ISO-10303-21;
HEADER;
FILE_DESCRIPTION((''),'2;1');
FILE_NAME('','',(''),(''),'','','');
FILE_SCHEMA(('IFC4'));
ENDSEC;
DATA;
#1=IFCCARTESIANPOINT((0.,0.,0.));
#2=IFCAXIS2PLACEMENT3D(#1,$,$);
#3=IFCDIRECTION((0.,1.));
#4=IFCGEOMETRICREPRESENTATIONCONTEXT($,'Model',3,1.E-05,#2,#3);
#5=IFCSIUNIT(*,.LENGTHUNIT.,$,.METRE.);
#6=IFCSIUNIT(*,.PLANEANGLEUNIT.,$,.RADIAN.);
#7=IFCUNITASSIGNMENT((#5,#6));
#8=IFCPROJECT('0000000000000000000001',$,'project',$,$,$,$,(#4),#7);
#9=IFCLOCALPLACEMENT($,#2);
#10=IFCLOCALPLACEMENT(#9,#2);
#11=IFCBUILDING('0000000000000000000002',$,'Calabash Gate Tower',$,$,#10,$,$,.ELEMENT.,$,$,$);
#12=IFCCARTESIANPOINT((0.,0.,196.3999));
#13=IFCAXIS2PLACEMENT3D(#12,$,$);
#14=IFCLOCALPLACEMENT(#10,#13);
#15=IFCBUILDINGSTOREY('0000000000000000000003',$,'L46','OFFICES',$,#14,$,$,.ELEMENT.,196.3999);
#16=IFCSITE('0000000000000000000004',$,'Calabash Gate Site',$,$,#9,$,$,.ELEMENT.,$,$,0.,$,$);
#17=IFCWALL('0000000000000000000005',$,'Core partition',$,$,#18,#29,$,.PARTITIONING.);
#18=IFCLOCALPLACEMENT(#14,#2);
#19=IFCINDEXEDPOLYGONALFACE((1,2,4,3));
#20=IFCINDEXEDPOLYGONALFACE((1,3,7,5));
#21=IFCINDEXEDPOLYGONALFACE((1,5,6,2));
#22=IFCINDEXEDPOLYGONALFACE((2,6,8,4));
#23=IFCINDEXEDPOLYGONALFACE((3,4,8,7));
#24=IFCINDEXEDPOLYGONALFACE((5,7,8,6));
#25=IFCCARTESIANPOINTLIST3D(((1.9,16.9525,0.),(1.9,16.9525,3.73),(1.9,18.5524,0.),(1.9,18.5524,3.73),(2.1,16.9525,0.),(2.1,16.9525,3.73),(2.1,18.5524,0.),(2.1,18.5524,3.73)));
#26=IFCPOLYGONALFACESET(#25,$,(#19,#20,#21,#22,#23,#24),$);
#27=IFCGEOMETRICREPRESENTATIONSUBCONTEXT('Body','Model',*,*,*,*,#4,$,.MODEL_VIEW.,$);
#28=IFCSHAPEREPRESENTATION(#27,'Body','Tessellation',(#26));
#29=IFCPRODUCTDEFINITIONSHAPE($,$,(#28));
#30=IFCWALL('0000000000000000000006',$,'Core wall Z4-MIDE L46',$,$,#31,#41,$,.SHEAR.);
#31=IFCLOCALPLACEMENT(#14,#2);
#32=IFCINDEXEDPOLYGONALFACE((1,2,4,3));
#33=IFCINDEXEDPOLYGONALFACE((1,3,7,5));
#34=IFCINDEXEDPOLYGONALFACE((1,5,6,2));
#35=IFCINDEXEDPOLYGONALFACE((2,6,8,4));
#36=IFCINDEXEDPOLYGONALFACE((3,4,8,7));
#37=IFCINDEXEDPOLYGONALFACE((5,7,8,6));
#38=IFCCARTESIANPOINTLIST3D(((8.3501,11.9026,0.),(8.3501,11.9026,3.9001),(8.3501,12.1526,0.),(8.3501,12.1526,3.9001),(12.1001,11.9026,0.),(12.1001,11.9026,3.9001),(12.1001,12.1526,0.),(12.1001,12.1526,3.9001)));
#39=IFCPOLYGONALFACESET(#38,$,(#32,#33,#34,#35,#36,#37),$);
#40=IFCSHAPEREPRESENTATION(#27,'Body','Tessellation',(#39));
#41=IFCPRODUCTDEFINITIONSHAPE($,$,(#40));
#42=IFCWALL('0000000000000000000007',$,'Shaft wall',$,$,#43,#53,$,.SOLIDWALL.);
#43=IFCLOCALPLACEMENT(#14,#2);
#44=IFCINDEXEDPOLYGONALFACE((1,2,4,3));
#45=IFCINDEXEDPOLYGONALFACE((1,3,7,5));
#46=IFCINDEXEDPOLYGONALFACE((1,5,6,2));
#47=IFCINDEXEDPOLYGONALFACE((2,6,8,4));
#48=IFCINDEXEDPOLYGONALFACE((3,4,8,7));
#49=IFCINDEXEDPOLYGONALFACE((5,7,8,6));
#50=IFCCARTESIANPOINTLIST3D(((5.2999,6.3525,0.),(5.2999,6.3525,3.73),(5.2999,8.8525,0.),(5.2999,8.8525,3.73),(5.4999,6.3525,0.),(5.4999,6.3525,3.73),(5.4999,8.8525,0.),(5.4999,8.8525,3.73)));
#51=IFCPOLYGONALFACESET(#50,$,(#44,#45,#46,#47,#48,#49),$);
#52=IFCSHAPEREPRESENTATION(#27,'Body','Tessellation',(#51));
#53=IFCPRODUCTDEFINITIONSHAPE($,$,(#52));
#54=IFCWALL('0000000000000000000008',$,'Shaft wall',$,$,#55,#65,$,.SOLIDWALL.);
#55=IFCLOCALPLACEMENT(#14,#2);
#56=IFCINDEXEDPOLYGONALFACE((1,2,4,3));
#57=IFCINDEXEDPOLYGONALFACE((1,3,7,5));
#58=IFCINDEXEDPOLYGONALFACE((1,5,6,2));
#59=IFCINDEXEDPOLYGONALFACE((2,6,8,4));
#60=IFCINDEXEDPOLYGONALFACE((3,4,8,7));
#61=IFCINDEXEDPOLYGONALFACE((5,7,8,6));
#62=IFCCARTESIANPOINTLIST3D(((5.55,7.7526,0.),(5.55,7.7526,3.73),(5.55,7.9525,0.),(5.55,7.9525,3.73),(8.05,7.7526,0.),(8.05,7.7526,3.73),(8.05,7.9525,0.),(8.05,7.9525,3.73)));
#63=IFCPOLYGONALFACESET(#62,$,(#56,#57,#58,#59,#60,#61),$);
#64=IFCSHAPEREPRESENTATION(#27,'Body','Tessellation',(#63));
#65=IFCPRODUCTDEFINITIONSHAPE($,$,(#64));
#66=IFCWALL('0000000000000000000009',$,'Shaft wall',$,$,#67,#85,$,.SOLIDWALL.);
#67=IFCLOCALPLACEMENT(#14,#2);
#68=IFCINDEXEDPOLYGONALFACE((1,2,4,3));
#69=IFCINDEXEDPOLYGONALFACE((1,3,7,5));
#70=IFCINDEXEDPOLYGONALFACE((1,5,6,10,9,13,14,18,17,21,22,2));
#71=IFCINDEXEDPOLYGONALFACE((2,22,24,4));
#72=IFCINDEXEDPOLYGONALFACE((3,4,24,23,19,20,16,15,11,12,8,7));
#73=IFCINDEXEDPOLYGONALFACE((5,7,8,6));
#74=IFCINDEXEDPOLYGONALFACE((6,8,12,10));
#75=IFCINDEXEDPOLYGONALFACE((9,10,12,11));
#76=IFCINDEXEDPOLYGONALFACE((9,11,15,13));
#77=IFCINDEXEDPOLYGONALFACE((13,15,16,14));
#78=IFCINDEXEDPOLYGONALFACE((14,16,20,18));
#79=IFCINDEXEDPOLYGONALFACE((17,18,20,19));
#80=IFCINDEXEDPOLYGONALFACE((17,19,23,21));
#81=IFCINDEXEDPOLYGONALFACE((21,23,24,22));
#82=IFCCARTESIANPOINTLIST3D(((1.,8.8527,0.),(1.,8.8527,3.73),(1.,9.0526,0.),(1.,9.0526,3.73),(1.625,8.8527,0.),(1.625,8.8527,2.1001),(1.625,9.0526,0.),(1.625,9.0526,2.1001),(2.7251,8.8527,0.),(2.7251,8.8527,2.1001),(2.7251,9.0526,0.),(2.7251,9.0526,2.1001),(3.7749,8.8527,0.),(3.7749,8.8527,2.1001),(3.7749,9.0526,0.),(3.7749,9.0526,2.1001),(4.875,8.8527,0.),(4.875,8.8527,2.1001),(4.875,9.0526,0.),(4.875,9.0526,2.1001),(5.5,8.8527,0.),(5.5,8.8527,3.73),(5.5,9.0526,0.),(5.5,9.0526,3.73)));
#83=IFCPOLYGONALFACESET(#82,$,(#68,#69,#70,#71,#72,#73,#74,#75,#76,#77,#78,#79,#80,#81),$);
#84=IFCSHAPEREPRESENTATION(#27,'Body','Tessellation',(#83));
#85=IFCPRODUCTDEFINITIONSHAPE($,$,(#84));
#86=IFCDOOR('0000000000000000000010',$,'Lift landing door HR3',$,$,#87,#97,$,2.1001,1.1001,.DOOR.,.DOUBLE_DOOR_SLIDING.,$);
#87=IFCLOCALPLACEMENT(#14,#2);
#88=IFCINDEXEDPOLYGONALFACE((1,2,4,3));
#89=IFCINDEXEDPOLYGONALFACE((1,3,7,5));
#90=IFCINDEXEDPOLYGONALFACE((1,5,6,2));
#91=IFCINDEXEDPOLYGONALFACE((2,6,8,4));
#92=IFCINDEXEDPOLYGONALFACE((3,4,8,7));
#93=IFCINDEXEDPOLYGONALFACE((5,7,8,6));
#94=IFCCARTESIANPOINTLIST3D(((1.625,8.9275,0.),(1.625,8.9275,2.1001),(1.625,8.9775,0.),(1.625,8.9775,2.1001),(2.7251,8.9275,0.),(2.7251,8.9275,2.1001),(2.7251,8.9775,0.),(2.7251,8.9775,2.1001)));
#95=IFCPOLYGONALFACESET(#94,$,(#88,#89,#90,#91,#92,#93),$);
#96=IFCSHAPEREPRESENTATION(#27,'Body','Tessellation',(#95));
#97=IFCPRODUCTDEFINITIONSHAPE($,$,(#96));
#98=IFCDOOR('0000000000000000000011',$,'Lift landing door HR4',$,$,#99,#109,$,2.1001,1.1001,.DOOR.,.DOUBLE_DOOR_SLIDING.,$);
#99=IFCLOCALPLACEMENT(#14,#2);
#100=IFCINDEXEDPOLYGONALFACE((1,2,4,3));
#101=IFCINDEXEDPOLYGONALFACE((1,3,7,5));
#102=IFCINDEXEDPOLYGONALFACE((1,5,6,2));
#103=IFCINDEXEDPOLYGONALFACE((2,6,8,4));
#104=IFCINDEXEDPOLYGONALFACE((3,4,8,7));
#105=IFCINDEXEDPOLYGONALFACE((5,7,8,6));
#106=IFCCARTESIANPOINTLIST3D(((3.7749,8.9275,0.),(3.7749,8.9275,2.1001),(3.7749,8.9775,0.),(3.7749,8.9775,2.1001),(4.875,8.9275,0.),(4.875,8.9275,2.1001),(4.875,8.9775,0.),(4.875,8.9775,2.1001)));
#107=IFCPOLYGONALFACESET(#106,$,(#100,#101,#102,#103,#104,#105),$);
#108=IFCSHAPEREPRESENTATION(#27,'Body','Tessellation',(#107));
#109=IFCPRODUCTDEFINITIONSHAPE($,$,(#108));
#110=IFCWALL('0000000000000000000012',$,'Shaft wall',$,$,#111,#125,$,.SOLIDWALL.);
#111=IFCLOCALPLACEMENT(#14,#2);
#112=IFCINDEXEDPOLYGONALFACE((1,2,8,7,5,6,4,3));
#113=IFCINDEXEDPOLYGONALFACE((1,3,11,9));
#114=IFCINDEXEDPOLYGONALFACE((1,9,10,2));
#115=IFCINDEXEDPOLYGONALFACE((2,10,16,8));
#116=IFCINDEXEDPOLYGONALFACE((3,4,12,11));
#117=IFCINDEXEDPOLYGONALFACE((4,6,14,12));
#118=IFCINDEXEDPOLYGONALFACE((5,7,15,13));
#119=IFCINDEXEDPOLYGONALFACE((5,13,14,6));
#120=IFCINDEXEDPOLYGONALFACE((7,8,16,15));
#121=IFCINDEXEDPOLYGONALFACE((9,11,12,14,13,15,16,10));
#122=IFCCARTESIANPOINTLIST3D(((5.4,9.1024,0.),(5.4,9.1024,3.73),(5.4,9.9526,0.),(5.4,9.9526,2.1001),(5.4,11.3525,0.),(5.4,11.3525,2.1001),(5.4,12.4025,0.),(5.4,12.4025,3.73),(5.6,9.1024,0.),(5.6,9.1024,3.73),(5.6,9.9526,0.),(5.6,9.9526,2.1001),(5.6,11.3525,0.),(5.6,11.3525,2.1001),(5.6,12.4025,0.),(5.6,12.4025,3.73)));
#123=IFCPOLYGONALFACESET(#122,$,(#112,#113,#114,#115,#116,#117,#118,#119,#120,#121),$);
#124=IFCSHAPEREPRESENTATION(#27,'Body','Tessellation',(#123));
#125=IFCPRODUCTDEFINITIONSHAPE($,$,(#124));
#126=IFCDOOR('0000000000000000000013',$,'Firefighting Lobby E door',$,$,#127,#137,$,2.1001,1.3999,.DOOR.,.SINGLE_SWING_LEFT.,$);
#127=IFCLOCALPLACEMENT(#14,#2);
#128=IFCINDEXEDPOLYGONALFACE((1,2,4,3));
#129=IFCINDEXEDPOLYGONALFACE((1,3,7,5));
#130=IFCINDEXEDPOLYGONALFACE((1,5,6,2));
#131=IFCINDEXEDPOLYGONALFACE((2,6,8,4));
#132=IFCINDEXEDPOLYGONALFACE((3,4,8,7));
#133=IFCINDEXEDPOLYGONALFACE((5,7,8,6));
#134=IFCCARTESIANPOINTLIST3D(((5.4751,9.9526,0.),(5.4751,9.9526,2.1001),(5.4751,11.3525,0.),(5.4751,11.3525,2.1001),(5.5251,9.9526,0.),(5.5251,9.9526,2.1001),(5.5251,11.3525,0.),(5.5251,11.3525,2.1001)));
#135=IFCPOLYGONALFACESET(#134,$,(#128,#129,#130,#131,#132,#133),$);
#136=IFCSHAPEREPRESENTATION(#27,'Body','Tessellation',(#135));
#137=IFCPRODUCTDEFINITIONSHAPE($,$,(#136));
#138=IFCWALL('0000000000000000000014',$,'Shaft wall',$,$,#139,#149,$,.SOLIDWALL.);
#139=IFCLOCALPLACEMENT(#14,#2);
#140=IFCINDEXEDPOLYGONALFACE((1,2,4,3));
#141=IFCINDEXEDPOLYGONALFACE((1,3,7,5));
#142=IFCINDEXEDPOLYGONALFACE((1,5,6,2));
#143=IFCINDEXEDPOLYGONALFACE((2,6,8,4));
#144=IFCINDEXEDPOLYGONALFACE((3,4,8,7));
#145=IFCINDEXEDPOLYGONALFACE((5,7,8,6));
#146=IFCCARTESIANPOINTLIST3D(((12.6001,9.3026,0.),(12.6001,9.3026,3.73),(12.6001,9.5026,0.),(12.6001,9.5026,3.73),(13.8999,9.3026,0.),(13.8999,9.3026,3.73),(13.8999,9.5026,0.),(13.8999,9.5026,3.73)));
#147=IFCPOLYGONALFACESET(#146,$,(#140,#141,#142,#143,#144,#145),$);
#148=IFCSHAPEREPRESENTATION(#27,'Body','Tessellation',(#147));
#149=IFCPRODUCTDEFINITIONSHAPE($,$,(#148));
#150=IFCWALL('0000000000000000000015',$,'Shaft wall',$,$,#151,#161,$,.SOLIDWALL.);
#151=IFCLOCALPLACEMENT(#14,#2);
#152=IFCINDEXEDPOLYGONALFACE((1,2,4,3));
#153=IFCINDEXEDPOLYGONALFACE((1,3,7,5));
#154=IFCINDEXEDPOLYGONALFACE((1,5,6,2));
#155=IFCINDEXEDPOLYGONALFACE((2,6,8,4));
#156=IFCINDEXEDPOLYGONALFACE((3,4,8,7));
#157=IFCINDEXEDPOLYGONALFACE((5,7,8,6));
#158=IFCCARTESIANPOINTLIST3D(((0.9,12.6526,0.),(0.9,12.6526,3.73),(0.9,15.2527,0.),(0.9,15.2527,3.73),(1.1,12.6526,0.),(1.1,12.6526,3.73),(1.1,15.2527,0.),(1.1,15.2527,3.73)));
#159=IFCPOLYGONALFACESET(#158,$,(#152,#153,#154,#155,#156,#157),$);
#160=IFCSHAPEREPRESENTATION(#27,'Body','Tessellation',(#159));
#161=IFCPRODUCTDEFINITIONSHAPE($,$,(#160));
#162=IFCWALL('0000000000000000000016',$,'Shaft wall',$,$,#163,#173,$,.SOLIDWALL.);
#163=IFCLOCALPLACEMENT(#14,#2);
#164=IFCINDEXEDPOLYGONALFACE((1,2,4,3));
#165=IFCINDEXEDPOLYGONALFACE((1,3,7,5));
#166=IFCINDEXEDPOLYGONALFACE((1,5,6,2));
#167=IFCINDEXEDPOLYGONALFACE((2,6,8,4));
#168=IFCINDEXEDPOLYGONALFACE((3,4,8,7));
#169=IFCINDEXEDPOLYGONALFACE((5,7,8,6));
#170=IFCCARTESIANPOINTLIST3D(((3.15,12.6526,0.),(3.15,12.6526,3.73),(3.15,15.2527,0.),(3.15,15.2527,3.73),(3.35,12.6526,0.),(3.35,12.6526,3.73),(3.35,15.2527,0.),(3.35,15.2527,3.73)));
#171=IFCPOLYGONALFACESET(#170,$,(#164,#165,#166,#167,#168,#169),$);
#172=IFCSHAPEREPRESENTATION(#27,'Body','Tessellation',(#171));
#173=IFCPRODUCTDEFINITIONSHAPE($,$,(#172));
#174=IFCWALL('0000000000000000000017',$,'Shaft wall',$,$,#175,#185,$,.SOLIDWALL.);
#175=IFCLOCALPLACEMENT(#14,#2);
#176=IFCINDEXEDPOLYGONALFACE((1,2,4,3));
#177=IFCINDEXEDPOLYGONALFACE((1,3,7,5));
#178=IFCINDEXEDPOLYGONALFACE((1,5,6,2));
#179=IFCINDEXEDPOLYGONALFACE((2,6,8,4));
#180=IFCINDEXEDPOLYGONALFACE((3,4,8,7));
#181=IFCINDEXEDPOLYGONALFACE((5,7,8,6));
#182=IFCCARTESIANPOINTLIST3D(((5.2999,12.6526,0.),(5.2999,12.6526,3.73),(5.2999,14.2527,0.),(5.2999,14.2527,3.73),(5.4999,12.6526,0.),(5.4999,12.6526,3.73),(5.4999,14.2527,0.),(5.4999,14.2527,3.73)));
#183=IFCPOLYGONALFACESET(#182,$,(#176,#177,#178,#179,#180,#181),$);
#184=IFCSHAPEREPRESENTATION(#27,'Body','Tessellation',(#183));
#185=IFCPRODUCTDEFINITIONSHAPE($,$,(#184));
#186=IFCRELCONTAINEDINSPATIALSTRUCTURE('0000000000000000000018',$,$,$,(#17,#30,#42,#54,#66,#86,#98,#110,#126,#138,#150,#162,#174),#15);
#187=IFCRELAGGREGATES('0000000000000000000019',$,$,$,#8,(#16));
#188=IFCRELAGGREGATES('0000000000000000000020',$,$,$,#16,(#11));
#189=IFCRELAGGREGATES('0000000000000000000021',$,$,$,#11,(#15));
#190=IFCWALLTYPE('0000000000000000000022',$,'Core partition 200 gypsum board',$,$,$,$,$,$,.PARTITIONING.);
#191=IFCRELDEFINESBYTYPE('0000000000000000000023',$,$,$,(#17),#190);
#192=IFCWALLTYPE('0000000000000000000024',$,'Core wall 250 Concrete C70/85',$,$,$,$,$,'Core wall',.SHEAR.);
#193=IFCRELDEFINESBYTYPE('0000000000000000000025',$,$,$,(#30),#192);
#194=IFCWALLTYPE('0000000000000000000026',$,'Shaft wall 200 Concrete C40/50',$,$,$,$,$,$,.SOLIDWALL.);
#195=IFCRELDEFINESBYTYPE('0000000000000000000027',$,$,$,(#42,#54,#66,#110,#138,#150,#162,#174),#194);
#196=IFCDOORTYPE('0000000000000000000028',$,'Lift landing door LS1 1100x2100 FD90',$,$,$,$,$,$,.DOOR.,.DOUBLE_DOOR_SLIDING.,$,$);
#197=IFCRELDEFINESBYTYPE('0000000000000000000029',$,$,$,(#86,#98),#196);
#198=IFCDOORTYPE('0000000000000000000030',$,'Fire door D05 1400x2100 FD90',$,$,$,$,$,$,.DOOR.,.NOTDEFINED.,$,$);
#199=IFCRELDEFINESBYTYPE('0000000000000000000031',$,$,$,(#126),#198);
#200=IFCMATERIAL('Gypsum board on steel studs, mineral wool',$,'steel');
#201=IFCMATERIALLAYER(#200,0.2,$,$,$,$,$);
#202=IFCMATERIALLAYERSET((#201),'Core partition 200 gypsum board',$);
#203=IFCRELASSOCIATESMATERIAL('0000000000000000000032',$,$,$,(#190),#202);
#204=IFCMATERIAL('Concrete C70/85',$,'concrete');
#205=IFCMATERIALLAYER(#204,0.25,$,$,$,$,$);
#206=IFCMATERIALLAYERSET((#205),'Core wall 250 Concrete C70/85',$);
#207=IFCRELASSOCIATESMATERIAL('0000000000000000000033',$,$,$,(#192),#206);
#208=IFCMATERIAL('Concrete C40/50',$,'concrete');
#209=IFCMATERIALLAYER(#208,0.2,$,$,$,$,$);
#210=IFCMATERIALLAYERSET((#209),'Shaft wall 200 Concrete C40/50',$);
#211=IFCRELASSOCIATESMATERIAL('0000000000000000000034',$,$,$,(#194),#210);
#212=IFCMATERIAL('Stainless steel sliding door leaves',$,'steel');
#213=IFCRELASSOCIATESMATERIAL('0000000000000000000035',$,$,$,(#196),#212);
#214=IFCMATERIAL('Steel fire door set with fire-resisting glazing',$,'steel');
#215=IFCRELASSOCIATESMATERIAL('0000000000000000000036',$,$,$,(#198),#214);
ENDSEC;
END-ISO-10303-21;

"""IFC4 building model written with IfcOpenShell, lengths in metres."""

from ifc_helpers import new_model, si_unit, direction, frame, frame_2d, origin, place, context, subcontext, project, spatial, rectangle, extrude, material, layer, layer_set, type_object, element, fill, save


model = new_model("IFC4")

# Units and contexts
model_context = context("Model", 3, precision=1e-05, world=origin(), true_north=direction((0.0, 1.0)))
body_context = subcontext(model_context, "Body", "Model", "MODEL_VIEW")
ifc_project = project(units=[si_unit("LENGTHUNIT", "METRE"), si_unit("PLANEANGLEUNIT", "RADIAN")], contexts=[model_context])

# Site, building, storey
site_placement = place(None, origin())
site = spatial("IfcSite", under=ifc_project, at=site_placement, Name="Calabash Gate Site", CompositionType="ELEMENT", RefElevation=0.0)
building_placement = place(site_placement, origin())
building = spatial("IfcBuilding", under=site, at=building_placement, Name="Calabash Gate Tower", CompositionType="ELEMENT")
storey_placement = place(building_placement, frame((0.0, 0.0, 196.3999)))
storey = spatial("IfcBuildingStorey", under=building, at=storey_placement, Name="L46", Description="OFFICES", CompositionType="ELEMENT", Elevation=196.3999)

# Walls
ifc_material_1 = material(Name="Gypsum board on steel studs, mineral wool", Category="steel")
ifc_layer_1 = layer(ifc_material_1, 0.2)
ifc_layer_set_1 = layer_set([ifc_layer_1], Name="Core partition 200 gypsum board")
wall_type_1 = type_object("IfcWallType", Name="Core partition 200 gypsum board", PredefinedType="PARTITIONING", material=ifc_layer_set_1)
wall_1_placement = place(storey_placement, frame((2.0, 16.9526, 0.0), z_axis=(0.0, 0.0, 1.0), x_axis=(0.0, 1.0, 0.0)))
element("IfcWall", 1, at=wall_1_placement, inside=storey, type_object=wall_type_1, Name="Core partition", PredefinedType="PARTITIONING", context=body_context, shape_type="SweptSolid", body=[
    extrude(rectangle(XDim=1.5999, YDim=0.2, at=frame_2d((0.7998, 0.0))), origin(), (0.0, 0.0, 1.0), 3.73),
])
ifc_material_2 = material(Name="Concrete C70/85", Category="concrete")
ifc_layer_2 = layer(ifc_material_2, 0.25)
ifc_layer_set_2 = layer_set([ifc_layer_2], Name="Core wall 250 Concrete C70/85")
wall_type_2 = type_object("IfcWallType", Name="Core wall 250 Concrete C70/85", ElementType="Core wall", PredefinedType="SHEAR", material=ifc_layer_set_2)
wall_2_placement = place(storey_placement, frame((8.3501, 12.0276, 0.0), z_axis=(0.0, 0.0, 1.0), x_axis=(1.0, 0.0, 0.0)))
element("IfcWall", 2, at=wall_2_placement, inside=storey, type_object=wall_type_2, Name="Core wall Z4-MIDE L46", PredefinedType="SHEAR", context=body_context, shape_type="SweptSolid", body=[
    extrude(rectangle(XDim=3.75, YDim=0.25, at=frame_2d((1.875, 0.0))), origin(), (0.0, 0.0, 1.0), 3.9001),
])
ifc_material_3 = material(Name="Concrete C40/50", Category="concrete")
ifc_layer_3 = layer(ifc_material_3, 0.2)
ifc_layer_set_3 = layer_set([ifc_layer_3], Name="Shaft wall 200 Concrete C40/50")
wall_type_3 = type_object("IfcWallType", Name="Shaft wall 200 Concrete C40/50", PredefinedType="SOLIDWALL", material=ifc_layer_set_3)
for number, where, z_axis, x_axis, name in (
    (3, (5.3999, 6.3525, 0.0), (0.0, 0.0, 1.0), (0.0, 1.0, 0.0), "Shaft wall"),
    (4, (5.55, 7.8525, 0.0), (0.0, 0.0, 1.0), (1.0, 0.0, 0.0), "Shaft wall"),
):
    element("IfcWall", number, at=place(storey_placement, frame(where, z_axis=z_axis, x_axis=x_axis)), inside=storey, type_object=wall_type_3, Name=name, PredefinedType="SOLIDWALL", context=body_context, shape_type="SweptSolid", body=[
        extrude(rectangle(XDim=2.5, YDim=0.2, at=frame_2d((1.25, 0.0))), origin(), (0.0, 0.0, 1.0), 3.73),
    ])

# Wall, openings, doors
wall_3_placement = place(storey_placement, frame((1.0, 8.9526, 0.0), z_axis=(0.0, 0.0, 1.0), x_axis=(1.0, 0.0, 0.0)))
wall_3 = element("IfcWall", 5, at=wall_3_placement, inside=storey, type_object=wall_type_3, Name="Shaft wall", PredefinedType="SOLIDWALL", context=body_context, shape_type="SweptSolid", body=[
    extrude(rectangle(XDim=4.5, YDim=0.2, at=frame_2d((2.25, 0.0))), origin(), (0.0, 0.0, 1.0), 3.73),
])
opening_1_placement = place(wall_3_placement, frame((0.625, 0.0, 0.0)))
opening_1 = element("IfcOpeningElement", 6, at=opening_1_placement, cuts=wall_3, PredefinedType="OPENING", context=body_context, shape_type="SweptSolid", body=[
    extrude(rectangle(XDim=1.1001, YDim=2.1001, at=frame_2d((0.55, 1.05))), frame((0.0, 0.1099, 0.0), z_axis=(0.0, -1.0, 0.0), x_axis=(1.0, 0.0, 0.0)), (0.0, 0.0, 1.0), 0.22),
])
opening_2_placement = place(wall_3_placement, frame((2.7749, 0.0, 0.0)))
opening_2 = element("IfcOpeningElement", 7, at=opening_2_placement, cuts=wall_3, PredefinedType="OPENING", context=body_context, shape_type="SweptSolid", body=[
    extrude(rectangle(XDim=1.1001, YDim=2.1001, at=frame_2d((0.55, 1.05))), frame((0.0, 0.1099, 0.0), z_axis=(0.0, -1.0, 0.0), x_axis=(1.0, 0.0, 0.0)), (0.0, 0.0, 1.0), 0.22),
])
ifc_material_4 = material(Name="Stainless steel sliding door leaves", Category="steel")
door_type_1 = type_object("IfcDoorType", Name="Lift landing door LS1 1100x2100 FD90", OperationType="DOUBLE_DOOR_SLIDING", PredefinedType="DOOR", material=ifc_material_4)
door_1_placement = place(opening_1_placement, origin())
door_1 = element("IfcDoor", 8, at=door_1_placement, inside=storey, type_object=door_type_1, Name="Lift landing door HR3", OperationType="DOUBLE_DOOR_SLIDING", OverallHeight=2.1001, OverallWidth=1.1001, PredefinedType="DOOR", context=body_context, shape_type="SweptSolid", body=[
    extrude(rectangle(XDim=1.1001, YDim=2.1001, at=frame_2d((0.55, 1.05))), frame((0.0, 0.0249, 0.0), z_axis=(0.0, -1.0, 0.0), x_axis=(1.0, 0.0, 0.0)), (0.0, 0.0, 1.0), 0.05),
])
fill(opening_1, door_1)
door_2_placement = place(opening_2_placement, origin())
door_2 = element("IfcDoor", 9, at=door_2_placement, inside=storey, type_object=door_type_1, Name="Lift landing door HR4", OperationType="DOUBLE_DOOR_SLIDING", OverallHeight=2.1001, OverallWidth=1.1001, PredefinedType="DOOR", context=body_context, shape_type="SweptSolid", body=[
    extrude(rectangle(XDim=1.1001, YDim=2.1001, at=frame_2d((0.55, 1.05))), frame((0.0, 0.0249, 0.0), z_axis=(0.0, -1.0, 0.0), x_axis=(1.0, 0.0, 0.0)), (0.0, 0.0, 1.0), 0.05),
])
fill(opening_2, door_2)

# Wall, opening, door
wall_4_placement = place(storey_placement, frame((5.5, 9.1025, 0.0), z_axis=(0.0, 0.0, 1.0), x_axis=(0.0, 1.0, 0.0)))
wall_4 = element("IfcWall", 10, at=wall_4_placement, inside=storey, type_object=wall_type_3, Name="Shaft wall", PredefinedType="SOLIDWALL", context=body_context, shape_type="SweptSolid", body=[
    extrude(rectangle(XDim=3.3, YDim=0.2, at=frame_2d((1.6499, 0.0))), origin(), (0.0, 0.0, 1.0), 3.73),
])
opening_3_placement = place(wall_4_placement, frame((0.8501, 0.0, 0.0)))
opening_3 = element("IfcOpeningElement", 11, at=opening_3_placement, cuts=wall_4, PredefinedType="OPENING", context=body_context, shape_type="SweptSolid", body=[
    extrude(rectangle(XDim=1.3999, YDim=2.1001, at=frame_2d((0.7, 1.05))), frame((0.0, 0.1099, 0.0), z_axis=(0.0, -1.0, 0.0), x_axis=(1.0, 0.0, 0.0)), (0.0, 0.0, 1.0), 0.22),
])
ifc_material_5 = material(Name="Steel fire door set with fire-resisting glazing", Category="steel")
door_type_2 = type_object("IfcDoorType", Name="Fire door D05 1400x2100 FD90", OperationType="NOTDEFINED", PredefinedType="DOOR", material=ifc_material_5)
door_3_placement = place(opening_3_placement, origin())
door_3 = element("IfcDoor", 12, at=door_3_placement, inside=storey, type_object=door_type_2, Name="Firefighting Lobby E door", OperationType="SINGLE_SWING_LEFT", OverallHeight=2.1001, OverallWidth=1.3999, PredefinedType="DOOR", context=body_context, shape_type="SweptSolid", body=[
    extrude(rectangle(XDim=1.3999, YDim=2.1001, at=frame_2d((0.7, 1.05))), frame((0.0, 0.0249, 0.0), z_axis=(0.0, -1.0, 0.0), x_axis=(1.0, 0.0, 0.0)), (0.0, 0.0, 1.0), 0.05),
])
fill(opening_3, door_3)

# Walls
wall_5_placement = place(storey_placement, frame((12.6001, 9.4026, 0.0), z_axis=(0.0, 0.0, 1.0), x_axis=(1.0, 0.0, 0.0)))
element("IfcWall", 13, at=wall_5_placement, inside=storey, type_object=wall_type_3, Name="Shaft wall", PredefinedType="SOLIDWALL", context=body_context, shape_type="SweptSolid", body=[
    extrude(rectangle(XDim=1.2998, YDim=0.2, at=frame_2d((0.6499, 0.0))), origin(), (0.0, 0.0, 1.0), 3.73),
])
for number, where, z_axis, x_axis, name in (
    (14, (1.0, 12.6526, 0.0), (0.0, 0.0, 1.0), (0.0, 1.0, 0.0), "Shaft wall"),
    (15, (3.25, 12.6526, 0.0), (0.0, 0.0, 1.0), (0.0, 1.0, 0.0), "Shaft wall"),
):
    element("IfcWall", number, at=place(storey_placement, frame(where, z_axis=z_axis, x_axis=x_axis)), inside=storey, type_object=wall_type_3, Name=name, PredefinedType="SOLIDWALL", context=body_context, shape_type="SweptSolid", body=[
        extrude(rectangle(XDim=2.6001, YDim=0.2, at=frame_2d((1.3, 0.0))), origin(), (0.0, 0.0, 1.0), 3.73),
    ])
wall_6_placement = place(storey_placement, frame((5.3999, 12.6526, 0.0), z_axis=(0.0, 0.0, 1.0), x_axis=(0.0, 1.0, 0.0)))
element("IfcWall", 16, at=wall_6_placement, inside=storey, type_object=wall_type_3, Name="Shaft wall", PredefinedType="SOLIDWALL", context=body_context, shape_type="SweptSolid", body=[
    extrude(rectangle(XDim=1.6001, YDim=0.2, at=frame_2d((0.8, 0.0))), origin(), (0.0, 0.0, 1.0), 3.73),
])

save(model, "model.ifc")
